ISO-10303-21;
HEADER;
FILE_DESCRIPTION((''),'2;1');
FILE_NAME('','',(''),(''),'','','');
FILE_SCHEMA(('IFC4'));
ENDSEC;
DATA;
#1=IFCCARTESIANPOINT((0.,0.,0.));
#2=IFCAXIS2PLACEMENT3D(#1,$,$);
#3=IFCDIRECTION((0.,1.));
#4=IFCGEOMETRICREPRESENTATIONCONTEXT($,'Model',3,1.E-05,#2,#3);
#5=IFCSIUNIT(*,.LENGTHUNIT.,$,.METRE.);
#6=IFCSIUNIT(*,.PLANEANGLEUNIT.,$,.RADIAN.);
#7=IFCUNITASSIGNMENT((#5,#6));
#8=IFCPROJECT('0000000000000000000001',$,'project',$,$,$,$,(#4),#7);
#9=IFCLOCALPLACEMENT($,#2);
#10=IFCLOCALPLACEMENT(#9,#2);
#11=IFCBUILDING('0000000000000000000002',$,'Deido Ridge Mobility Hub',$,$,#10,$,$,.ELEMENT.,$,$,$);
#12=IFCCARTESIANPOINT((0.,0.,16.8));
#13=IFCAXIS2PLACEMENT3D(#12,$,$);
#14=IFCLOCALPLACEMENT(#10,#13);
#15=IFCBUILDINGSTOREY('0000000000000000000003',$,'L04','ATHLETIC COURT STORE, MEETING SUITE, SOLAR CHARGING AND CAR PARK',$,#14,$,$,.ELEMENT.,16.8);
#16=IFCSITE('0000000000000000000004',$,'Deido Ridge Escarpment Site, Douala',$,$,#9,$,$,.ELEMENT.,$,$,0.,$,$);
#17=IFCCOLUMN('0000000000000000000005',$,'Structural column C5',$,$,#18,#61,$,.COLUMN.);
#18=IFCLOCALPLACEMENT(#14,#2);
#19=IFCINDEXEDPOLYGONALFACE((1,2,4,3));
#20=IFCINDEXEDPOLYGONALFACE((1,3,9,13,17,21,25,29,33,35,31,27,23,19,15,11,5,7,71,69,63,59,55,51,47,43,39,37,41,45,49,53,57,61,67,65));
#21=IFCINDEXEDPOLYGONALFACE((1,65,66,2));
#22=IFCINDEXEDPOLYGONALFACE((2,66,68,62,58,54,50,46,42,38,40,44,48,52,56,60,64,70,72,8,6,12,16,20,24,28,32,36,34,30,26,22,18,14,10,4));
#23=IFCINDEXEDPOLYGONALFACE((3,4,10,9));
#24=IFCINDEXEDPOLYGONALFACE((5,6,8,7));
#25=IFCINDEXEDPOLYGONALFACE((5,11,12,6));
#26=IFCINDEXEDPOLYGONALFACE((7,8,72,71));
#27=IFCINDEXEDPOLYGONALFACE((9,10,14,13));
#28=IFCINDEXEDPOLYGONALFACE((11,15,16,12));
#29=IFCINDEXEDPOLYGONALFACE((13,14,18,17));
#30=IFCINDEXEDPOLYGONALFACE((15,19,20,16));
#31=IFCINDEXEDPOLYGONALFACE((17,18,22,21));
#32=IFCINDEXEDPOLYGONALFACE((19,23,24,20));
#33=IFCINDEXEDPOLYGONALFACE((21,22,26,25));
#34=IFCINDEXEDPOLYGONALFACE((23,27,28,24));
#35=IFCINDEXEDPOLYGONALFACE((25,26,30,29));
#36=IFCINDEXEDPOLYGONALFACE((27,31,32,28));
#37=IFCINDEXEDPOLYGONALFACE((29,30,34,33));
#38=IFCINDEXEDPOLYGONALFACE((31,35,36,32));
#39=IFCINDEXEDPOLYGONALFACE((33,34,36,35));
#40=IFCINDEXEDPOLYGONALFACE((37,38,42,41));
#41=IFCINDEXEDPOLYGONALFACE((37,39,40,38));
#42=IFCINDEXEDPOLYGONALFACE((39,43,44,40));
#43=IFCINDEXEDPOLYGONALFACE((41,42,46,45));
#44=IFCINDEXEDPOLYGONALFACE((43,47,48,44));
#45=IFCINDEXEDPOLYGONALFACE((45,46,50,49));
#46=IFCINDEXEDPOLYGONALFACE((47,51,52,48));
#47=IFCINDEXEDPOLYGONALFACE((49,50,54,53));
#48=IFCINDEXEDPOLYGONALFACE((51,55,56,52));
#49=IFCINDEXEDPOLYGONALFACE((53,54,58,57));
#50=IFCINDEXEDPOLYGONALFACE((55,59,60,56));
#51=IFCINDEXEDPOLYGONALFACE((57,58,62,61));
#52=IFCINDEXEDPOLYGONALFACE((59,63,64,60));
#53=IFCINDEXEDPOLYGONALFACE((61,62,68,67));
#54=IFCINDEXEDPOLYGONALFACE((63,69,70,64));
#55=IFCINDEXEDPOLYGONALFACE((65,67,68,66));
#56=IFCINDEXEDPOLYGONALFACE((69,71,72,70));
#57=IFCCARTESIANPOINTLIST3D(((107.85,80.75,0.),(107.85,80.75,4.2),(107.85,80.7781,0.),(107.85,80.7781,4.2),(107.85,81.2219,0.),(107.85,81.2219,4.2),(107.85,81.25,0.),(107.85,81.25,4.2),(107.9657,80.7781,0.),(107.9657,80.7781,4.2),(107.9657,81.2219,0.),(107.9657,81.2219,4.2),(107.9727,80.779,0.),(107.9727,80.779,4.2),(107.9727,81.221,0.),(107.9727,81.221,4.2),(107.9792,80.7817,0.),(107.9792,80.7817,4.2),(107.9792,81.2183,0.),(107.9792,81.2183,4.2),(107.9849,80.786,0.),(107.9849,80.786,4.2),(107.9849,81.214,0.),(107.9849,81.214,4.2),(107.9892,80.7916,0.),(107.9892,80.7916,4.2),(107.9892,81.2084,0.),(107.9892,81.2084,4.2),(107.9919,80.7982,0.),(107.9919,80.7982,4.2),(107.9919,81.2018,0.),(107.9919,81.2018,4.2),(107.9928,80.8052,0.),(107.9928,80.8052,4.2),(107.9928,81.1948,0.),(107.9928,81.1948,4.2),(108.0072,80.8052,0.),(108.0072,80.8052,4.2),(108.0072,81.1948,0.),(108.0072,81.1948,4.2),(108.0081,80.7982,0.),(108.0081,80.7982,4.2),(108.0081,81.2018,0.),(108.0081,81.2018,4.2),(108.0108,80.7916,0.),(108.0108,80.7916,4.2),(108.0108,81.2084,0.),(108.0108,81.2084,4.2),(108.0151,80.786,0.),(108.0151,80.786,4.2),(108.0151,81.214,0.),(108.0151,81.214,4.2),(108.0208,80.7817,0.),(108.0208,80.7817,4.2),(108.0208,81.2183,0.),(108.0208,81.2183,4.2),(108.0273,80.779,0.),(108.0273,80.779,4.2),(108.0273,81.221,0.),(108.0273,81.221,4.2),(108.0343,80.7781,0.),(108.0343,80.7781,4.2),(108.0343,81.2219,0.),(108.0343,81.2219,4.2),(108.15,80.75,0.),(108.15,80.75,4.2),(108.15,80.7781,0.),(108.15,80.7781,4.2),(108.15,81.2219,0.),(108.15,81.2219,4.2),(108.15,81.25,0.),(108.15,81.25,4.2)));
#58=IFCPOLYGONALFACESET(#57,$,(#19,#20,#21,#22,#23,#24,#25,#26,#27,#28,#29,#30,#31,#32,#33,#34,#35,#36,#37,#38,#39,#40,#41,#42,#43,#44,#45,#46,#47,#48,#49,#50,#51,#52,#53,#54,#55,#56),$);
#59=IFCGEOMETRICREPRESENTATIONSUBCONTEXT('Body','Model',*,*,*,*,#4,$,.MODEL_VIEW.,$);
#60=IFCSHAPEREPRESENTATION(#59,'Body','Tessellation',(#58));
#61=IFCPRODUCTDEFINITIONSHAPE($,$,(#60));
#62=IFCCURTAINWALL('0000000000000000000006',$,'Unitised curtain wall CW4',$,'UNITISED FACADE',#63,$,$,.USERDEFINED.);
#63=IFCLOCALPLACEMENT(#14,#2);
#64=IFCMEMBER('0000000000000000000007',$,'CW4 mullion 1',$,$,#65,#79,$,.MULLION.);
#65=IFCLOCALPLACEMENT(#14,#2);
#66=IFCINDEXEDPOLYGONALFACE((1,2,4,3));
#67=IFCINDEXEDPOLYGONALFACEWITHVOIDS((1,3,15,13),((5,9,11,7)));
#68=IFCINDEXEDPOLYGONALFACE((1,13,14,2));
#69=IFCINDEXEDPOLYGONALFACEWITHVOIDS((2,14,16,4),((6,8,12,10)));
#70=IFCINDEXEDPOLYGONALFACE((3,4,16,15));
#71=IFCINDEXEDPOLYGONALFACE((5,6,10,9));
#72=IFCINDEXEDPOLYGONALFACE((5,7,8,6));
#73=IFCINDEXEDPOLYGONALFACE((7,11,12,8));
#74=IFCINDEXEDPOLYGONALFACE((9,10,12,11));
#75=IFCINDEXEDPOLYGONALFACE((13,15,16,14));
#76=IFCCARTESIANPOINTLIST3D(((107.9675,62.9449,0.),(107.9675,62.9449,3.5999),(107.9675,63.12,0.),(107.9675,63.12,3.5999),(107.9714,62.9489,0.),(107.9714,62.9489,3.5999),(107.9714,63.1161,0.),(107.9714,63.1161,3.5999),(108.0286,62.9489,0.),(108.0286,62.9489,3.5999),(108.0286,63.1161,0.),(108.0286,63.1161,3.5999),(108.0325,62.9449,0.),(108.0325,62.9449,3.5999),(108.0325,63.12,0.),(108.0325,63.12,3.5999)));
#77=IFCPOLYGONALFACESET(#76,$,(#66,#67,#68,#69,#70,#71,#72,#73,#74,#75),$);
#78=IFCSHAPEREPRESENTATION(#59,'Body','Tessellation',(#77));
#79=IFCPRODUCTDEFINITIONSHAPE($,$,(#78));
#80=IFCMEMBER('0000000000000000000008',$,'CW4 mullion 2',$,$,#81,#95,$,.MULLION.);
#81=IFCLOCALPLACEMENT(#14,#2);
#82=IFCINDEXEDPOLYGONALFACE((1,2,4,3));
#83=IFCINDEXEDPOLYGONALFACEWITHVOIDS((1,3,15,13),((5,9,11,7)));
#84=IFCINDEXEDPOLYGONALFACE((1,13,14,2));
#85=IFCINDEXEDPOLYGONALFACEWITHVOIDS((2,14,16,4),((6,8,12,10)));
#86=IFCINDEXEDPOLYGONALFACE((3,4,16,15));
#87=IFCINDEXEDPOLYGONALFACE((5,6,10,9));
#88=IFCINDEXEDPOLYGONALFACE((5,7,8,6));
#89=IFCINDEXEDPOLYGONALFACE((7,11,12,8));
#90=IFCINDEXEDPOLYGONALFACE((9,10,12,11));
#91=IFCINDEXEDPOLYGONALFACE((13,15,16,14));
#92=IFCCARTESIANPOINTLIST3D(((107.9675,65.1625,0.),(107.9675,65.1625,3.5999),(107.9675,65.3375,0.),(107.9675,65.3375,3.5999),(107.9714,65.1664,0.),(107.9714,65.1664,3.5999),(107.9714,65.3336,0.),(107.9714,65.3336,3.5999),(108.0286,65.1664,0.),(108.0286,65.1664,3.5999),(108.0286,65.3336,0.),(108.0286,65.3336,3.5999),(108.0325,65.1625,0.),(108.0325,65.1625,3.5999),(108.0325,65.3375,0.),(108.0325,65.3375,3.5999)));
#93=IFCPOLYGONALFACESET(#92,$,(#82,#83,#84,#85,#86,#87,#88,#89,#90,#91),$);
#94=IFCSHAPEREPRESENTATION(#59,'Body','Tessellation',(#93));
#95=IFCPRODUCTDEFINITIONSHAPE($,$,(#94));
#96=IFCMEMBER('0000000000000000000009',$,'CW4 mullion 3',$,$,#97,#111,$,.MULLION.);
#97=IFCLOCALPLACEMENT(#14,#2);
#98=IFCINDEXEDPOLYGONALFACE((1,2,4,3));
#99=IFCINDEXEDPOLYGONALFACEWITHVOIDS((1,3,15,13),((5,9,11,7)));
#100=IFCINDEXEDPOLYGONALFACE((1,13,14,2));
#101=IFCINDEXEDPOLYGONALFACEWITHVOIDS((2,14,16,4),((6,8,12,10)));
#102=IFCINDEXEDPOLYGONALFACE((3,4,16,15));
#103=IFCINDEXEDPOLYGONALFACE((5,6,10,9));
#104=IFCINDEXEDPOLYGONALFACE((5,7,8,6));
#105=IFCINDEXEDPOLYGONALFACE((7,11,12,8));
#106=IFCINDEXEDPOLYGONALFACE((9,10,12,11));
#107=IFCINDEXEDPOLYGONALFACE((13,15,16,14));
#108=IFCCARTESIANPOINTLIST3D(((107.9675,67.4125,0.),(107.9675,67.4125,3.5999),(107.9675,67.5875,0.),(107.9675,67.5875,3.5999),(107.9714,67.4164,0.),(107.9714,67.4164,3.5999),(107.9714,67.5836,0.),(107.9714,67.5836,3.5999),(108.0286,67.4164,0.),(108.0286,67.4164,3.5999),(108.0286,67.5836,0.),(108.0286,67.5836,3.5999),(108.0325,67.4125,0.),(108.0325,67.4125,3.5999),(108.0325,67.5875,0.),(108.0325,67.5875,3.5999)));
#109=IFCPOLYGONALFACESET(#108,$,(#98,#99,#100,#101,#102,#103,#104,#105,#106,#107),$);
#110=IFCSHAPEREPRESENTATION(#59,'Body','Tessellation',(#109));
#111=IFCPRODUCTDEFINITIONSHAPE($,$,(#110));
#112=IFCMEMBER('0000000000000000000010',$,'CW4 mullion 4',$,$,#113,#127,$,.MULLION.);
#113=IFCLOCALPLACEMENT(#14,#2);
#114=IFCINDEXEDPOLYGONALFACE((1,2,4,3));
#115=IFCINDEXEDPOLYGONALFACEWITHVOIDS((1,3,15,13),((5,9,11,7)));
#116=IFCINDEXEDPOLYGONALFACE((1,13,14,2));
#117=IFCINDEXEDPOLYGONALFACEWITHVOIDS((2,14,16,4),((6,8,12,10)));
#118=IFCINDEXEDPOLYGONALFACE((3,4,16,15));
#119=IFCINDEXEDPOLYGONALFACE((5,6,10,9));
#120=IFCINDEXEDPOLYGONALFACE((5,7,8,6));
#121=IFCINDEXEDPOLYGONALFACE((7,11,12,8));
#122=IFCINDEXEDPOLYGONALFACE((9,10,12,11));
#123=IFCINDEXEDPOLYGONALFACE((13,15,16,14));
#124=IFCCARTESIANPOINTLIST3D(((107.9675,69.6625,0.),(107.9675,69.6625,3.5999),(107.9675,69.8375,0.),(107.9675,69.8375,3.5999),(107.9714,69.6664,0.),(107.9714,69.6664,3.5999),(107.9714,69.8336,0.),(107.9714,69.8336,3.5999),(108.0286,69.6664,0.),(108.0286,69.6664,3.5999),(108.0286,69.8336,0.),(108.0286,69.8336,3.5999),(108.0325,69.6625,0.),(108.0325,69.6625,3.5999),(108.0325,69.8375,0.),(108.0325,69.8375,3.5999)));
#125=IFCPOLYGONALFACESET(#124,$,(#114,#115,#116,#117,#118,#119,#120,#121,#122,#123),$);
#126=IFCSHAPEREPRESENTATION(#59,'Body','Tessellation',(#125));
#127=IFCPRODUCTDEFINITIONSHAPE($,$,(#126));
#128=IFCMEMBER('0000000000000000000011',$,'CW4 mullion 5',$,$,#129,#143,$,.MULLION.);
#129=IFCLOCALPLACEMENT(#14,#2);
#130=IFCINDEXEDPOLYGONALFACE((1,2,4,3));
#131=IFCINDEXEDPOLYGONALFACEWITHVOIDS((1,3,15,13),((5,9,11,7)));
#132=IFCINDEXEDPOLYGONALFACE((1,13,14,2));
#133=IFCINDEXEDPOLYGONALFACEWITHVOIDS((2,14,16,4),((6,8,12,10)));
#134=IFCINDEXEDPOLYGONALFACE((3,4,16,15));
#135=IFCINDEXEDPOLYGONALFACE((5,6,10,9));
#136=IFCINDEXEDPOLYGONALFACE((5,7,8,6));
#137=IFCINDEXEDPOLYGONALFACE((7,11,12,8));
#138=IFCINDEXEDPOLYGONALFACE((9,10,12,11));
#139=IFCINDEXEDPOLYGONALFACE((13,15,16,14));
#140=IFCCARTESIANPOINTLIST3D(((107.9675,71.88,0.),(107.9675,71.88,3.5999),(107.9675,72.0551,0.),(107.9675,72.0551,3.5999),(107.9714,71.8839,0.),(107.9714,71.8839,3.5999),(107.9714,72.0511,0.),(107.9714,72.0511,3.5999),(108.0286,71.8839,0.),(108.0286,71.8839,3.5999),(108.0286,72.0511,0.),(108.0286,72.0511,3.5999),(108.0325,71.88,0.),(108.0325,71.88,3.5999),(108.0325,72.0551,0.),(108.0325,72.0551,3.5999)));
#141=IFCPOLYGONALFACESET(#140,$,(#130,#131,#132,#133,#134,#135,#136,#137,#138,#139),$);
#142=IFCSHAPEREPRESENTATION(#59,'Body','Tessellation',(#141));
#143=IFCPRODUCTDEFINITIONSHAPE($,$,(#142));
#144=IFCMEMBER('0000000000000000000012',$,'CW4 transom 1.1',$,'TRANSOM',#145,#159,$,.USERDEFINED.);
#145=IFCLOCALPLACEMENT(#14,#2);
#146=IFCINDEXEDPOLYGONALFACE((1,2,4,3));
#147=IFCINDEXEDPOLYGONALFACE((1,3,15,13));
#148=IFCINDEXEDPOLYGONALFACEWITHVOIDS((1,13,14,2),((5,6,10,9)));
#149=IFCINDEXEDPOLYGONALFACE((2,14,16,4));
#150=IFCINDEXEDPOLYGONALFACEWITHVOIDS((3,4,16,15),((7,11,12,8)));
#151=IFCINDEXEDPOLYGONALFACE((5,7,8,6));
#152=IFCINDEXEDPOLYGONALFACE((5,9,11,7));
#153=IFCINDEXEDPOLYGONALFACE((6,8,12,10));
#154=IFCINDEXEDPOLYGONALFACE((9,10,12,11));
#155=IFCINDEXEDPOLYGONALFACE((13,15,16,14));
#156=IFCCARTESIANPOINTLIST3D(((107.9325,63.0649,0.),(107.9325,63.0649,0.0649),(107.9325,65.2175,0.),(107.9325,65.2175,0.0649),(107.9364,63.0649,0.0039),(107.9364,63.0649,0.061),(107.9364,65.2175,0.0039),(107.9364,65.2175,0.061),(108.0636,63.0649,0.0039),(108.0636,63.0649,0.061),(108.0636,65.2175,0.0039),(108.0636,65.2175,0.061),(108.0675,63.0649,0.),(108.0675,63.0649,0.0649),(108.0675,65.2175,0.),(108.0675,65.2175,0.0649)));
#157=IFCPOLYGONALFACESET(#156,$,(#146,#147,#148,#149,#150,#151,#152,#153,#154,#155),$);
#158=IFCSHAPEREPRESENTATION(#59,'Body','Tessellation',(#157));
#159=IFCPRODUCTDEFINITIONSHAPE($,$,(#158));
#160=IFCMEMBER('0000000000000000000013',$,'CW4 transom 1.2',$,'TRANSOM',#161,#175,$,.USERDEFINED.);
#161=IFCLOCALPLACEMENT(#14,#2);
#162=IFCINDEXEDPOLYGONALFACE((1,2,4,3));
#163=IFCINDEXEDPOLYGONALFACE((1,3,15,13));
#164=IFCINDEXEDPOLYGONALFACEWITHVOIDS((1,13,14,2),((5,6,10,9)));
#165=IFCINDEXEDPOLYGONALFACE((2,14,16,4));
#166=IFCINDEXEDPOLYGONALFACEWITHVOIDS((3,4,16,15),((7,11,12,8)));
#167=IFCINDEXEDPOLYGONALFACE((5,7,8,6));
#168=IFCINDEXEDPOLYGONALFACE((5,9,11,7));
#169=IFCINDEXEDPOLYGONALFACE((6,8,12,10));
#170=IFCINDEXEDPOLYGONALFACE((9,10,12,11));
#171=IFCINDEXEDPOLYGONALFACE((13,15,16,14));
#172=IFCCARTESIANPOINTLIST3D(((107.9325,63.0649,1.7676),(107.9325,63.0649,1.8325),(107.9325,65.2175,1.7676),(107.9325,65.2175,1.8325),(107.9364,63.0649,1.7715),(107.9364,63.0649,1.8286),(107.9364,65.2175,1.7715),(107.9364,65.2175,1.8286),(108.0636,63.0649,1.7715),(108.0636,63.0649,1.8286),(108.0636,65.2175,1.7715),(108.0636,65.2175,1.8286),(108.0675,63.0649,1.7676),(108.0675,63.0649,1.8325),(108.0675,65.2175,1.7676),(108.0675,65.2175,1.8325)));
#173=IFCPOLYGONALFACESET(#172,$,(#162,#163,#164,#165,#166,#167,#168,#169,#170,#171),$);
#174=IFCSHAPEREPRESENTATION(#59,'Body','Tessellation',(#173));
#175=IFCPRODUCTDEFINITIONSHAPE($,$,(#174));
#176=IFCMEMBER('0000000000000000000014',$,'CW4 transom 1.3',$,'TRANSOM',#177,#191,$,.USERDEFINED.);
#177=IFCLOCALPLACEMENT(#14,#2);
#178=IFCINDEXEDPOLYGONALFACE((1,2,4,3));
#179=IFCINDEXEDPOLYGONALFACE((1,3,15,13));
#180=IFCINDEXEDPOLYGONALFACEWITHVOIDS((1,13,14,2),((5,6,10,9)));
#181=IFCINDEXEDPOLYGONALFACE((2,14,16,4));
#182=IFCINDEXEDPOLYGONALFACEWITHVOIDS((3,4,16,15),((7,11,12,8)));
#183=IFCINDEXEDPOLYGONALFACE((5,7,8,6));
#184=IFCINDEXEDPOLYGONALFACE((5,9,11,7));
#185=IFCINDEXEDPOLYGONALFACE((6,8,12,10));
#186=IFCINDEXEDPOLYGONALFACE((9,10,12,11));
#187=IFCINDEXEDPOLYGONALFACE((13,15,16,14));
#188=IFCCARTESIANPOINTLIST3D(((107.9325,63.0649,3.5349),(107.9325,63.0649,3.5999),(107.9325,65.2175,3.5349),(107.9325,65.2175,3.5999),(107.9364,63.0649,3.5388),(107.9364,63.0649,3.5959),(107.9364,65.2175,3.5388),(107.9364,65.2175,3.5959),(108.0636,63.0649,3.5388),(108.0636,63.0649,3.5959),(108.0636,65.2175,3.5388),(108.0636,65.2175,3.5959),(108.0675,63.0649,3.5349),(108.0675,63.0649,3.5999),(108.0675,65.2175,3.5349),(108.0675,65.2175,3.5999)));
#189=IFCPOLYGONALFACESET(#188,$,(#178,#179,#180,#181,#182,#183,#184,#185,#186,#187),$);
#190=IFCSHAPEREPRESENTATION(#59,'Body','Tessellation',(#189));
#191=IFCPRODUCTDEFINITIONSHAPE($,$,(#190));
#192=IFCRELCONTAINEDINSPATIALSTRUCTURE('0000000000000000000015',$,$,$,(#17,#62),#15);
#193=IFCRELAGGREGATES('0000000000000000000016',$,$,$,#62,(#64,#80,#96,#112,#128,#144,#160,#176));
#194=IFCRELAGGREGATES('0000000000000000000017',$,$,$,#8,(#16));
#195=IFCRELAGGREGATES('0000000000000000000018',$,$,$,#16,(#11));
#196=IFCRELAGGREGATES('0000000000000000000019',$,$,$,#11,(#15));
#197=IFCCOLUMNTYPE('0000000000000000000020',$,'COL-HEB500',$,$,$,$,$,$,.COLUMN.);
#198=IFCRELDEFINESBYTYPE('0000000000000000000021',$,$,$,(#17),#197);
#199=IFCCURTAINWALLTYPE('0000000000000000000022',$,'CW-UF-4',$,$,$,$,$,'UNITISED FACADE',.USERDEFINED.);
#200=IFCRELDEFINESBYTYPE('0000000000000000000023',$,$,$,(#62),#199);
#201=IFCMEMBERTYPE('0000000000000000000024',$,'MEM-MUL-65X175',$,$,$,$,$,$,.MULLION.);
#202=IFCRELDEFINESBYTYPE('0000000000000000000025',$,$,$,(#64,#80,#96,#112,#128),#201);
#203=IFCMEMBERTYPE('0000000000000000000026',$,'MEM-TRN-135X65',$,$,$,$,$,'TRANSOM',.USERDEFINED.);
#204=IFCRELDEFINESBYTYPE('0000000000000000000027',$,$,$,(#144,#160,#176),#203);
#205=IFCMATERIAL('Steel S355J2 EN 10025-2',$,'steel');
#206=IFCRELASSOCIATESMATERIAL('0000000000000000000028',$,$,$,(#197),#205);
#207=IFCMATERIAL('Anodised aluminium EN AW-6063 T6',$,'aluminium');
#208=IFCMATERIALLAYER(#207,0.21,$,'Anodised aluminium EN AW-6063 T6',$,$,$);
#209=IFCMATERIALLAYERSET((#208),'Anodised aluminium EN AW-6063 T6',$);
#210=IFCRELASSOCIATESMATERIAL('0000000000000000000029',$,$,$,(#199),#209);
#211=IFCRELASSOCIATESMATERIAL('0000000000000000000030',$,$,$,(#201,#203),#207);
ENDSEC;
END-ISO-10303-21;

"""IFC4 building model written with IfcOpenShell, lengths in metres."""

from ifc_helpers import new_model, si_unit, direction, frame, origin, origin_2d, place, context, subcontext, project, spatial, hollow_rectangle, i_section, extrude, material, layer, layer_set, material_profile, profile_set, type_object, element, aggregate, save


model = new_model("IFC4")

# Units and contexts
model_context = context("Model", 3, precision=1e-05, world=origin(), true_north=direction((0.0, 1.0)))
body_context = subcontext(model_context, "Body", "Model", "MODEL_VIEW")
ifc_project = project(units=[si_unit("LENGTHUNIT", "METRE"), si_unit("PLANEANGLEUNIT", "RADIAN")], contexts=[model_context])

# Site, building, storey
site_placement = place(None, origin())
site = spatial("IfcSite", under=ifc_project, at=site_placement, Name="Deido Ridge Escarpment Site, Douala", CompositionType="ELEMENT", RefElevation=0.0)
building_placement = place(site_placement, origin())
building = spatial("IfcBuilding", under=site, at=building_placement, Name="Deido Ridge Mobility Hub", CompositionType="ELEMENT")
storey_placement = place(building_placement, frame((0.0, 0.0, 16.8)))
storey = spatial("IfcBuildingStorey", under=building, at=storey_placement, Name="L04", Description="ATHLETIC COURT STORE, MEETING SUITE, SOLAR CHARGING AND CAR PARK", CompositionType="ELEMENT", Elevation=16.8)

# Column
ifc_material_1 = material(Name="Steel S355J2 EN 10025-2", Category="steel")
ifc_material_profile_1 = material_profile(ifc_material_1, i_section(OverallWidth=0.3, OverallDepth=0.5, WebThickness=0.0144, FlangeThickness=0.0281, FilletRadius=0.0271, at=origin_2d()), Name="HEB 500")
ifc_profile_set_1 = profile_set([ifc_material_profile_1], Name="Steel S355J2 EN 10025-2")
column_type = type_object("IfcColumnType", Name="COL-HEB500", PredefinedType="COLUMN", material=ifc_profile_set_1)
column_placement = place(storey_placement, frame((108.0, 81.0, 0.0), z_axis=(0.0, 0.0, 1.0), x_axis=(1.0, 0.0, 0.0)))
element("IfcColumn", 1, at=column_placement, inside=storey, type_object=column_type, Name="Structural column C5", PredefinedType="COLUMN", context=body_context, shape_type="SweptSolid", body=[
    extrude(i_section(OverallWidth=0.3, OverallDepth=0.5, WebThickness=0.0144, FlangeThickness=0.0281, FilletRadius=0.0271, at=origin_2d()), origin(), (0.0, 0.0, 1.0), 4.2),
])

# Curtain wall, members
ifc_material_2 = material(Name="Anodised aluminium EN AW-6063 T6", Category="aluminium")
ifc_layer_1 = layer(ifc_material_2, 0.21, Name="Anodised aluminium EN AW-6063 T6")
ifc_layer_set_1 = layer_set([ifc_layer_1], Name="Anodised aluminium EN AW-6063 T6")
curtain_wall_type = type_object("IfcCurtainWallType", Name="CW-UF-4", ElementType="UNITISED FACADE", PredefinedType="USERDEFINED", material=ifc_layer_set_1)
curtain_wall_placement = place(storey_placement, origin())
curtain_wall = element("IfcCurtainWall", 2, at=curtain_wall_placement, inside=storey, type_object=curtain_wall_type, Name="Unitised curtain wall CW4", ObjectType="UNITISED FACADE", PredefinedType="USERDEFINED")
ifc_material_profile_2 = material_profile(ifc_material_2, hollow_rectangle(XDim=0.0649, YDim=0.175, WallThickness=0.0039, at=origin_2d()), Name="RHS 65x175x4")
ifc_profile_set_2 = profile_set([ifc_material_profile_2], Name="Anodised aluminium EN AW-6063 T6")
member_type_1 = type_object("IfcMemberType", Name="MEM-MUL-65X175", PredefinedType="MULLION", material=ifc_profile_set_2)
member_1_placement = place(storey_placement, frame((108.0, 63.0325, 0.0), z_axis=(0.0, 0.0, 1.0), x_axis=(-1.0, 0.0, 0.0)))
member_1 = element("IfcMember", 3, at=member_1_placement, type_object=member_type_1, Name="CW4 mullion 1", PredefinedType="MULLION", context=body_context, shape_type="SweptSolid", body=[
    extrude(hollow_rectangle(XDim=0.0649, YDim=0.175, WallThickness=0.0039, at=origin_2d()), origin(), (0.0, 0.0, 1.0), 3.5999),
])
member_2_placement = place(storey_placement, frame((108.0, 65.25, 0.0), z_axis=(0.0, 0.0, 1.0), x_axis=(-1.0, 0.0, 0.0)))
member_2 = element("IfcMember", 4, at=member_2_placement, type_object=member_type_1, Name="CW4 mullion 2", PredefinedType="MULLION", context=body_context, shape_type="SweptSolid", body=[
    extrude(hollow_rectangle(XDim=0.0649, YDim=0.175, WallThickness=0.0039, at=origin_2d()), origin(), (0.0, 0.0, 1.0), 3.5999),
])
member_3_placement = place(storey_placement, frame((108.0, 67.5, 0.0), z_axis=(0.0, 0.0, 1.0), x_axis=(-1.0, 0.0, 0.0)))
member_3 = element("IfcMember", 5, at=member_3_placement, type_object=member_type_1, Name="CW4 mullion 3", PredefinedType="MULLION", context=body_context, shape_type="SweptSolid", body=[
    extrude(hollow_rectangle(XDim=0.0649, YDim=0.175, WallThickness=0.0039, at=origin_2d()), origin(), (0.0, 0.0, 1.0), 3.5999),
])
member_4_placement = place(storey_placement, frame((108.0, 69.75, 0.0), z_axis=(0.0, 0.0, 1.0), x_axis=(-1.0, 0.0, 0.0)))
member_4 = element("IfcMember", 6, at=member_4_placement, type_object=member_type_1, Name="CW4 mullion 4", PredefinedType="MULLION", context=body_context, shape_type="SweptSolid", body=[
    extrude(hollow_rectangle(XDim=0.0649, YDim=0.175, WallThickness=0.0039, at=origin_2d()), origin(), (0.0, 0.0, 1.0), 3.5999),
])
member_5_placement = place(storey_placement, frame((108.0, 71.9675, 0.0), z_axis=(0.0, 0.0, 1.0), x_axis=(-1.0, 0.0, 0.0)))
member_5 = element("IfcMember", 7, at=member_5_placement, type_object=member_type_1, Name="CW4 mullion 5", PredefinedType="MULLION", context=body_context, shape_type="SweptSolid", body=[
    extrude(hollow_rectangle(XDim=0.0649, YDim=0.175, WallThickness=0.0039, at=origin_2d()), origin(), (0.0, 0.0, 1.0), 3.5999),
])
ifc_material_profile_3 = material_profile(ifc_material_2, hollow_rectangle(XDim=0.135, YDim=0.0649, WallThickness=0.0039, at=origin_2d()), Name="RHS 135x65x4")
ifc_profile_set_3 = profile_set([ifc_material_profile_3], Name="Anodised aluminium EN AW-6063 T6")
member_type_2 = type_object("IfcMemberType", Name="MEM-TRN-135X65", ElementType="TRANSOM", PredefinedType="USERDEFINED", material=ifc_profile_set_3)
member_6_placement = place(storey_placement, frame((108.0, 63.0649, 0.0325), z_axis=(0.0, 1.0, 0.0), x_axis=(-1.0, 0.0, 0.0)))
member_6 = element("IfcMember", 8, at=member_6_placement, type_object=member_type_2, Name="CW4 transom 1.1", ObjectType="TRANSOM", PredefinedType="USERDEFINED", context=body_context, shape_type="SweptSolid", body=[
    extrude(hollow_rectangle(XDim=0.135, YDim=0.0649, WallThickness=0.0039, at=origin_2d()), origin(), (0.0, 0.0, 1.0), 2.1526),
])
member_7_placement = place(storey_placement, frame((108.0, 63.0649, 1.8), z_axis=(0.0, 1.0, 0.0), x_axis=(-1.0, 0.0, 0.0)))
member_7 = element("IfcMember", 9, at=member_7_placement, type_object=member_type_2, Name="CW4 transom 1.2", ObjectType="TRANSOM", PredefinedType="USERDEFINED", context=body_context, shape_type="SweptSolid", body=[
    extrude(hollow_rectangle(XDim=0.135, YDim=0.0649, WallThickness=0.0039, at=origin_2d()), origin(), (0.0, 0.0, 1.0), 2.1526),
])
member_8_placement = place(storey_placement, frame((108.0, 63.0649, 3.5674), z_axis=(0.0, 1.0, 0.0), x_axis=(-1.0, 0.0, 0.0)))
member_8 = element("IfcMember", 10, at=member_8_placement, type_object=member_type_2, Name="CW4 transom 1.3", ObjectType="TRANSOM", PredefinedType="USERDEFINED", context=body_context, shape_type="SweptSolid", body=[
    extrude(hollow_rectangle(XDim=0.135, YDim=0.0649, WallThickness=0.0039, at=origin_2d()), origin(), (0.0, 0.0, 1.0), 2.1526),
])

aggregate(curtain_wall, [member_1, member_2, member_3, member_4, member_5, member_6, member_7, member_8])

save(model, "model.ifc")
